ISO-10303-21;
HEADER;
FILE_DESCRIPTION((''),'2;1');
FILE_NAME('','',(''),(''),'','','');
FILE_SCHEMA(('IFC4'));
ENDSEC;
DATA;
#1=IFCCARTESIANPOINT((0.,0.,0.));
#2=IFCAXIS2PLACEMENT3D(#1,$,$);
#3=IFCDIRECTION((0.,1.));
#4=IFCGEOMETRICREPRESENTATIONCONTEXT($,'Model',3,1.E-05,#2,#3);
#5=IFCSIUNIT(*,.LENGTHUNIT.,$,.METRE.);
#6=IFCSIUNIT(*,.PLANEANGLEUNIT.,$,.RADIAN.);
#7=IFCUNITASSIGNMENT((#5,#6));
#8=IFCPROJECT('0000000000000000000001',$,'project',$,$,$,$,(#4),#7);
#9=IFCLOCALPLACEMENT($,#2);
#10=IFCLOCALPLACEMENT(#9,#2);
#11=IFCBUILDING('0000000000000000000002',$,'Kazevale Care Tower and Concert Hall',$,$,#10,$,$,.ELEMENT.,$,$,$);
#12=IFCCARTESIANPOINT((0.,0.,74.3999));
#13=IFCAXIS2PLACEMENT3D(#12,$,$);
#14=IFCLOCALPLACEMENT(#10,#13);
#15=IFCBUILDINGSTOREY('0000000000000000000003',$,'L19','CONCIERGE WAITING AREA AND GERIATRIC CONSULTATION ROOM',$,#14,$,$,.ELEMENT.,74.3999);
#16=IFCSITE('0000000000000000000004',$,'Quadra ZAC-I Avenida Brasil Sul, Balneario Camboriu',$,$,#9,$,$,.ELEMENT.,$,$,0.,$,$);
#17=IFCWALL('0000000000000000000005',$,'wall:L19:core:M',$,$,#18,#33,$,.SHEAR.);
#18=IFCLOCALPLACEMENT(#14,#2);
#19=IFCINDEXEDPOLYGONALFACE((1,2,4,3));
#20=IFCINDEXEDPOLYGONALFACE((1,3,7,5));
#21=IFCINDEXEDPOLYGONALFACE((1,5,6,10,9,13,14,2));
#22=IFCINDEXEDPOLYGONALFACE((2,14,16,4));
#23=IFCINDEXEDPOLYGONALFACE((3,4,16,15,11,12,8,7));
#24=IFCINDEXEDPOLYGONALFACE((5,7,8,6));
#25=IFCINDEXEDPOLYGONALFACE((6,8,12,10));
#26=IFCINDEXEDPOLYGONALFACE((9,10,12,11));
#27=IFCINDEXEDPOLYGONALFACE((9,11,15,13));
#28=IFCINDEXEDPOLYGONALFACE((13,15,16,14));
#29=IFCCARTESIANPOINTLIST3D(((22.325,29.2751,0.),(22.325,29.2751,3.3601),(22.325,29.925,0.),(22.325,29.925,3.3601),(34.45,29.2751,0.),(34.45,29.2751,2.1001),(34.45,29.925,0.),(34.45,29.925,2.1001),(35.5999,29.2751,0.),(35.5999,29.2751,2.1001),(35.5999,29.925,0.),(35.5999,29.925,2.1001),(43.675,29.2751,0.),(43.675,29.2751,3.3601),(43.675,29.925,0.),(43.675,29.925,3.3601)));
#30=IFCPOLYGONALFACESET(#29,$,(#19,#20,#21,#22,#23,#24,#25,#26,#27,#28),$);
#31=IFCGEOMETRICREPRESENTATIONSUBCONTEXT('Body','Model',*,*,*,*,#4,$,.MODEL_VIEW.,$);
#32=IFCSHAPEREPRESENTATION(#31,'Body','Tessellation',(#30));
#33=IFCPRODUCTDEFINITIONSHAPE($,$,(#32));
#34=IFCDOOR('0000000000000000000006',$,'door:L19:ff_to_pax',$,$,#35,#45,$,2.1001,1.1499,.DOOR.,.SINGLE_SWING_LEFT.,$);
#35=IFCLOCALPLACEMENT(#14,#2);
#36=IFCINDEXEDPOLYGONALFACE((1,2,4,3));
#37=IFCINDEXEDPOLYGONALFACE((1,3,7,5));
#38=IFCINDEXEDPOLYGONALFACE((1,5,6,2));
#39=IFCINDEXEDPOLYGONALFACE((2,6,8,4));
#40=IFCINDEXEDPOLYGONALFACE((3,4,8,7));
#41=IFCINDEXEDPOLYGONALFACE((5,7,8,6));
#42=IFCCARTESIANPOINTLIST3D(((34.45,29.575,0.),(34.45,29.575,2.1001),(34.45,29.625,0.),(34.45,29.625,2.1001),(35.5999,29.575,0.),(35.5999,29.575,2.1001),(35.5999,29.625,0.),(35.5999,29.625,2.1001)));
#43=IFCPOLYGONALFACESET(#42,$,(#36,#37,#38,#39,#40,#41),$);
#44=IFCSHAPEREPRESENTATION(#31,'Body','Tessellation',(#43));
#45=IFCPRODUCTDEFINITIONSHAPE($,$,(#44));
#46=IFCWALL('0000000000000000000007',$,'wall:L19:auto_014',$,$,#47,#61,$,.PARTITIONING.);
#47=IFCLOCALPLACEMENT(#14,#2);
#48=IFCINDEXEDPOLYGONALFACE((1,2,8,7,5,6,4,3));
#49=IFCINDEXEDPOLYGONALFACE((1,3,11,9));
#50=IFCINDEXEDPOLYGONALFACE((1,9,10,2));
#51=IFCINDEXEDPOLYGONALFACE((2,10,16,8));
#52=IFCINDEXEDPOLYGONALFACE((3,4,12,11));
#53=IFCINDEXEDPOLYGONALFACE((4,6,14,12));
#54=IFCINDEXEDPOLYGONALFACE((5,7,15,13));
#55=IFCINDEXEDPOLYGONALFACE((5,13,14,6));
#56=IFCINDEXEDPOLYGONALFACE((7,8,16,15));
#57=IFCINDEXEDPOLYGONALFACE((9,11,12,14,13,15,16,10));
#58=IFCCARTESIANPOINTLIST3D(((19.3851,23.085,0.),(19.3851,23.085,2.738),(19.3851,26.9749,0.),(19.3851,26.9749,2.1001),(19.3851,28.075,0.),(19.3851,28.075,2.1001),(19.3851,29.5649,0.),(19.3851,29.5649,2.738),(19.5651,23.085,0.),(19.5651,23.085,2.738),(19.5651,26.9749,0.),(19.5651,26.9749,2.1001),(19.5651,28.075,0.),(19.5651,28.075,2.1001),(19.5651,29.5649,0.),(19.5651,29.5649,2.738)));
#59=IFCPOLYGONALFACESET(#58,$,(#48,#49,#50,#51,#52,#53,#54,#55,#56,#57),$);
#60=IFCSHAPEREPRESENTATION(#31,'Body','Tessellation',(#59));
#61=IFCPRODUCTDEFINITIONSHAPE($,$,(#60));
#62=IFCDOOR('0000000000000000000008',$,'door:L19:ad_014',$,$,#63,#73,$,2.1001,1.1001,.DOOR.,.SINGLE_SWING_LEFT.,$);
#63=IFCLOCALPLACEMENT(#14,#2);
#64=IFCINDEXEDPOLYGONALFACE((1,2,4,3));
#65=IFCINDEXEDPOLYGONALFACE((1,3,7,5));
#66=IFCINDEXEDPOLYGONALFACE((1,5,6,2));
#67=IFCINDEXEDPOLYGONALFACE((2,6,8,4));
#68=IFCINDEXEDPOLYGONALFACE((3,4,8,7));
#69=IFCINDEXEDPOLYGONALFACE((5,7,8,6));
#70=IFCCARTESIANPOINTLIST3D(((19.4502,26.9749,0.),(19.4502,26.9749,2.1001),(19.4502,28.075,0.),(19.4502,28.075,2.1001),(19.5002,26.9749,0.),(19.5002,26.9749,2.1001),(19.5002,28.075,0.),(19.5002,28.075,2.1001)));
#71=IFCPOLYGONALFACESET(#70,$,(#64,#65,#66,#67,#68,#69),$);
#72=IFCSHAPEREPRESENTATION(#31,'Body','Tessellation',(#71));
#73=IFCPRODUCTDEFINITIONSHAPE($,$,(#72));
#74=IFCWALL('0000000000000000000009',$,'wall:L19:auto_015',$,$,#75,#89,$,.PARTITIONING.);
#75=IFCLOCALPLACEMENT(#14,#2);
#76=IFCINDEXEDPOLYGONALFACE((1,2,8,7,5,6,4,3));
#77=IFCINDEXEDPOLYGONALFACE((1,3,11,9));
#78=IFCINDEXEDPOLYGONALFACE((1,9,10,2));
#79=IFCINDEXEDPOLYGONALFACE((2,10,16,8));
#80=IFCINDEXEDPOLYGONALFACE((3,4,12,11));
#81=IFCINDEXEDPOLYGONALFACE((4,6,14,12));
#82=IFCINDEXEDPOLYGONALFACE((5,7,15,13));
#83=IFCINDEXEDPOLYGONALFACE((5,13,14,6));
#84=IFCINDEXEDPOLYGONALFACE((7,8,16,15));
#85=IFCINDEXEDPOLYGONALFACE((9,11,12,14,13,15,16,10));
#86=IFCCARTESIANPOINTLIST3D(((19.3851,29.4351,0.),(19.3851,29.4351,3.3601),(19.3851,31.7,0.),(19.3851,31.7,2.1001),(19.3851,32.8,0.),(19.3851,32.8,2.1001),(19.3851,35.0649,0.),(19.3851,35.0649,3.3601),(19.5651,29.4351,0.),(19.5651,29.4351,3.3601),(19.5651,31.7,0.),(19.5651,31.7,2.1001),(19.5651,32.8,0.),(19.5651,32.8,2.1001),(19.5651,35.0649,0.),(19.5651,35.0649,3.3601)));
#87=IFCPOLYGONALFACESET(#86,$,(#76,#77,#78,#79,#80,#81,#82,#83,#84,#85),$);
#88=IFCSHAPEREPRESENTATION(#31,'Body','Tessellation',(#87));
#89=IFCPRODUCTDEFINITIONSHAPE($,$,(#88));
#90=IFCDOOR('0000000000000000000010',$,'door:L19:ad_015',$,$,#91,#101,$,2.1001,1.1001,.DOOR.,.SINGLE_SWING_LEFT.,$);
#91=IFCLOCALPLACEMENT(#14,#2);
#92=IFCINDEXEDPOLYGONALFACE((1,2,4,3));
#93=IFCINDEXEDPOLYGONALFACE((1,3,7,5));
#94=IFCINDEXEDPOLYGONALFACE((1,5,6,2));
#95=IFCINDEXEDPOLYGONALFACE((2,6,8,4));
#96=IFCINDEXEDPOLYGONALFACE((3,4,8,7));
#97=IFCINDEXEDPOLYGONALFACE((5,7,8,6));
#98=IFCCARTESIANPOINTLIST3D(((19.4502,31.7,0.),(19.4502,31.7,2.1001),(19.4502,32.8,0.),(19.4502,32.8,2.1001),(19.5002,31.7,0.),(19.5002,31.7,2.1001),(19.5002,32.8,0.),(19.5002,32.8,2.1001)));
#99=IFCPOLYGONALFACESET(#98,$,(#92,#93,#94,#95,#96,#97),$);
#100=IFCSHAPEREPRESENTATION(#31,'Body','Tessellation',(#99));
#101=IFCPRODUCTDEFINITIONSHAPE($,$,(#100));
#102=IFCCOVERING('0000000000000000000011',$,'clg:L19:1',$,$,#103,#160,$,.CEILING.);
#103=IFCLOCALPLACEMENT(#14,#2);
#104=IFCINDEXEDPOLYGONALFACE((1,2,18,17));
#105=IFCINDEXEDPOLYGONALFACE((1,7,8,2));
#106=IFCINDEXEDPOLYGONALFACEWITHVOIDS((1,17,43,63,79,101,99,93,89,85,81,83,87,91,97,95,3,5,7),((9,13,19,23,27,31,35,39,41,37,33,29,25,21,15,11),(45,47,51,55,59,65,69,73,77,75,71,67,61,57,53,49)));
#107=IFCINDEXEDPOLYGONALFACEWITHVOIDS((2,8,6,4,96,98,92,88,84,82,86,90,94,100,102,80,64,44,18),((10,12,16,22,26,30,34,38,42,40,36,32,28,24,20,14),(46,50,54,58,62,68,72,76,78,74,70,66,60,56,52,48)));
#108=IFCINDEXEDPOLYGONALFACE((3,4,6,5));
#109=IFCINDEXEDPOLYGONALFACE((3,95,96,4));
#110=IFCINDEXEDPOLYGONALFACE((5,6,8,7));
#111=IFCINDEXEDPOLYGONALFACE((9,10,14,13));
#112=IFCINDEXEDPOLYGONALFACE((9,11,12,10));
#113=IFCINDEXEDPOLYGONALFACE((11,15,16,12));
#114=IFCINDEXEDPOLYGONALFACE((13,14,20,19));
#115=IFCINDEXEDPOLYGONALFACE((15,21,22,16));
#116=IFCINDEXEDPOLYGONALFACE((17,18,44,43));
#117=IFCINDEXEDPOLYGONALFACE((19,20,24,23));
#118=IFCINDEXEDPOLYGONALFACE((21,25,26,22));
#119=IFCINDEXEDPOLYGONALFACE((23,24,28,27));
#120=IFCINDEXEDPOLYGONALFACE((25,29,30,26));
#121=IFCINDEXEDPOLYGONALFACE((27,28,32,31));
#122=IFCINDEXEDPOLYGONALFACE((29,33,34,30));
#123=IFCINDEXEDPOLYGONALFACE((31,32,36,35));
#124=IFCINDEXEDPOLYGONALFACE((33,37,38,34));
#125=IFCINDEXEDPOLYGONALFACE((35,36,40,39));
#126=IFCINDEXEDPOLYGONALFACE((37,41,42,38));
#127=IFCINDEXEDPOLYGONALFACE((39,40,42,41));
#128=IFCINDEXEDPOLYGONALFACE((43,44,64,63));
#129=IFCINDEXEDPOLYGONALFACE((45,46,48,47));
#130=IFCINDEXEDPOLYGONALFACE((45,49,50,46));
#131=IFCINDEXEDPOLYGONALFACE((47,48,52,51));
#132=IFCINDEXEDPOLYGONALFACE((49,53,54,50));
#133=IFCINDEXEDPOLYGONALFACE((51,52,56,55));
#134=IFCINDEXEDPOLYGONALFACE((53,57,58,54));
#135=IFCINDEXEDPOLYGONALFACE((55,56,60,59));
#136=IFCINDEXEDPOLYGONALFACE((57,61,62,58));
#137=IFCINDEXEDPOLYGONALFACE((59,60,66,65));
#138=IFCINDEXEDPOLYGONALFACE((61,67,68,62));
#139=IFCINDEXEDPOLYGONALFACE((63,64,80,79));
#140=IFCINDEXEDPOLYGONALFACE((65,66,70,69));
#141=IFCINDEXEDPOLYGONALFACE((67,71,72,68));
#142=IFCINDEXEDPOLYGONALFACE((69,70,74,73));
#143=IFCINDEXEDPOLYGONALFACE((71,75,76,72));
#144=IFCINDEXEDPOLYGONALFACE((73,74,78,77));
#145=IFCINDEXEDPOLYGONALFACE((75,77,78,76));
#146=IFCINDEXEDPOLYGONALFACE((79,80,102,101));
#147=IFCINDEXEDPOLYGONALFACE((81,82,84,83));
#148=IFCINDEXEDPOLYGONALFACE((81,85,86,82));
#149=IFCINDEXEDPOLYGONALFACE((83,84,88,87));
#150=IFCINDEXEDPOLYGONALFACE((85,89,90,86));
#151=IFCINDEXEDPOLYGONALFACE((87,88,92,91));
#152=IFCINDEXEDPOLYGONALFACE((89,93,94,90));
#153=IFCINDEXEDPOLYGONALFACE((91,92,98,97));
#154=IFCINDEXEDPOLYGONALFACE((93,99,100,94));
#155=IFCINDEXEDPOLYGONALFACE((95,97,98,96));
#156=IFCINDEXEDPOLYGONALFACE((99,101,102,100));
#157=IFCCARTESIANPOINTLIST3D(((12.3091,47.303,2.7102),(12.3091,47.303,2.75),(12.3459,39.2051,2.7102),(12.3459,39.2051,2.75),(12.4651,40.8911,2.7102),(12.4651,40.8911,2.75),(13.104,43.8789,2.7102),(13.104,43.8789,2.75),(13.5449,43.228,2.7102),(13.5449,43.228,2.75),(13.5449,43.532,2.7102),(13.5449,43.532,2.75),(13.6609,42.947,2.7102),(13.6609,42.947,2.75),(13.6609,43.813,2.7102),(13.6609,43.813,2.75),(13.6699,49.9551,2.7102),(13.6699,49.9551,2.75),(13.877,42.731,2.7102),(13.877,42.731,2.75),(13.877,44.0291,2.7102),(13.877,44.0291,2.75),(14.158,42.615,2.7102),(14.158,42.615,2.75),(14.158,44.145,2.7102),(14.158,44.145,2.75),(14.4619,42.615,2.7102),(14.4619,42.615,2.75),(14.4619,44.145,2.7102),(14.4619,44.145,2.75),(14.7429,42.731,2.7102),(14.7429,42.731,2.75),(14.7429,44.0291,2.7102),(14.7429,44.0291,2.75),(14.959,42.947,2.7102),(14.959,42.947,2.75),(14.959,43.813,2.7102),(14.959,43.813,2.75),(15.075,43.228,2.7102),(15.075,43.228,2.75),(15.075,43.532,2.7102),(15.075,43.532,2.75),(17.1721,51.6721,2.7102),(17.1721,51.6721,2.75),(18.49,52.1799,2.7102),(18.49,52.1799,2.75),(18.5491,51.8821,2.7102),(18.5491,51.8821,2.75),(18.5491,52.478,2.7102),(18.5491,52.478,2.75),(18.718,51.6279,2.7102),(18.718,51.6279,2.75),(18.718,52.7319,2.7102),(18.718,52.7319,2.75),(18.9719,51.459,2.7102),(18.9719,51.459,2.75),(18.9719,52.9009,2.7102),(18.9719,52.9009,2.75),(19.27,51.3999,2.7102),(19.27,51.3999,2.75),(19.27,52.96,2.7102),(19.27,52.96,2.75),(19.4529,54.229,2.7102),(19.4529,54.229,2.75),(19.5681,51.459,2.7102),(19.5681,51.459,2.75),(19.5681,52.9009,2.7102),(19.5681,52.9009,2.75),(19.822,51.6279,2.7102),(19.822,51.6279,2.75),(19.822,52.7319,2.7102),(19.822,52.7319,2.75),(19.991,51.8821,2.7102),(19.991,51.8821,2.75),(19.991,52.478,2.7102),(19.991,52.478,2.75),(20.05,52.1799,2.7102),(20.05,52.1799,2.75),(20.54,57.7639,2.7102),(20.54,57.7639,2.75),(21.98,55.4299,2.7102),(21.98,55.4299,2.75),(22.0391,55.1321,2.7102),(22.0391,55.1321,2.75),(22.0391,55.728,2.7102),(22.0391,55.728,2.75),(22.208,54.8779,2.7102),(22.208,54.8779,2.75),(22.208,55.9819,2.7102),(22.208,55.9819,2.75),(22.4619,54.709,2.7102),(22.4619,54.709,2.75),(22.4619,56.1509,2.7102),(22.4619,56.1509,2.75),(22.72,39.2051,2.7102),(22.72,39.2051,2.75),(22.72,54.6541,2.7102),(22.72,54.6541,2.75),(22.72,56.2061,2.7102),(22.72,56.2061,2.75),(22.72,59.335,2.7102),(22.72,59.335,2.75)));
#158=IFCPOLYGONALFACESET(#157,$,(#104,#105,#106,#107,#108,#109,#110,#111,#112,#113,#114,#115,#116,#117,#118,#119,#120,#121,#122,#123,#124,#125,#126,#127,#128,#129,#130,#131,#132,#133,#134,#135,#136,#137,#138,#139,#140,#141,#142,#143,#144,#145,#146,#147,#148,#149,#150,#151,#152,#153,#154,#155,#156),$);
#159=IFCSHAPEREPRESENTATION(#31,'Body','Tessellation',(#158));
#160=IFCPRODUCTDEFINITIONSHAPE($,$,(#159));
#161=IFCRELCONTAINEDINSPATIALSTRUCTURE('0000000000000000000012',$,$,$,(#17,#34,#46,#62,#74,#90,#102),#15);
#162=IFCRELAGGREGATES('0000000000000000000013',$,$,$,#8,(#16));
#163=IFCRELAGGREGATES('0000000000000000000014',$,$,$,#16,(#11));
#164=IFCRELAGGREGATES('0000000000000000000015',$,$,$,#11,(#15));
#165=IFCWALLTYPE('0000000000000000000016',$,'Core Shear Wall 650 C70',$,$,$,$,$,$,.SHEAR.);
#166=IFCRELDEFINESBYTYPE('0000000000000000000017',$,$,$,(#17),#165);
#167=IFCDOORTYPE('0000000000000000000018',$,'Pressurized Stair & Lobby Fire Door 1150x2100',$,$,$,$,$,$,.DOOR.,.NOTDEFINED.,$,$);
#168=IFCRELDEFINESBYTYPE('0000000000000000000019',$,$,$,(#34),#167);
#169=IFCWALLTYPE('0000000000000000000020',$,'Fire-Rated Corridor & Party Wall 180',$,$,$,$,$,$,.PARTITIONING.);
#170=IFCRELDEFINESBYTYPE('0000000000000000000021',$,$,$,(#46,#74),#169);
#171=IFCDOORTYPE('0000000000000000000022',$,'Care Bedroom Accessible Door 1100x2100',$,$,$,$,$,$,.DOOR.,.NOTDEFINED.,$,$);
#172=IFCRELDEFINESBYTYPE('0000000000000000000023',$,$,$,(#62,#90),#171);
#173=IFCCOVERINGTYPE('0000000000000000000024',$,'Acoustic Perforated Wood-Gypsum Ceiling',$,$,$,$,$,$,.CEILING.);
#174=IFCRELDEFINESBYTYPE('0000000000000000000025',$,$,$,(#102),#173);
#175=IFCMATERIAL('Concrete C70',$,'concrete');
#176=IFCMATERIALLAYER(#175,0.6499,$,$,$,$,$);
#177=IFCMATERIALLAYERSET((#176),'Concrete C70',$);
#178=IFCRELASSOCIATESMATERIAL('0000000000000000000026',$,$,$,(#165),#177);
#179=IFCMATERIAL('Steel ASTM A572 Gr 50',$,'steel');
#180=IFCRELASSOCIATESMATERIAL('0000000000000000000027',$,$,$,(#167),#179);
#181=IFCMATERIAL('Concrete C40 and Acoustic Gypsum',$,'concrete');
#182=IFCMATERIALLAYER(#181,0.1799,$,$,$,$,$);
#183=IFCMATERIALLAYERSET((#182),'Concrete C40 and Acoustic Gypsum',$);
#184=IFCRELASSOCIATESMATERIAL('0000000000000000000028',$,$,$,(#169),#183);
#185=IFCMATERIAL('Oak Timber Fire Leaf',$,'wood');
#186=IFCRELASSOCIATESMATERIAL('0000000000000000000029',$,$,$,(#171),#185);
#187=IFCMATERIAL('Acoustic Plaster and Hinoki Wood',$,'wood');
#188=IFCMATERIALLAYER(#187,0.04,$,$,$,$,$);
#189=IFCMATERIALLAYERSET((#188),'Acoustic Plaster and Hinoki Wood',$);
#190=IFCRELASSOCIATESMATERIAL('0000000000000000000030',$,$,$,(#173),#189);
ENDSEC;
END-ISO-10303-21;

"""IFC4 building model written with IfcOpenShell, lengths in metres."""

from ifc_helpers import new_model, si_unit, direction, frame, frame_2d, origin, place, context, subcontext, project, spatial, polyline, rectangle, outline, extrude, material, layer, layer_set, type_object, element, fill, save


model = new_model("IFC4")

# Units and contexts
model_context = context("Model", 3, precision=1e-05, world=origin(), true_north=direction((0.0, 1.0)))
body_context = subcontext(model_context, "Body", "Model", "MODEL_VIEW")
ifc_project = project(units=[si_unit("LENGTHUNIT", "METRE"), si_unit("PLANEANGLEUNIT", "RADIAN")], contexts=[model_context])

# Site, building, storey
site_placement = place(None, origin())
site = spatial("IfcSite", under=ifc_project, at=site_placement, Name="Quadra ZAC-I Avenida Brasil Sul, Balneario Camboriu", CompositionType="ELEMENT", RefElevation=0.0)
building_placement = place(site_placement, origin())
building = spatial("IfcBuilding", under=site, at=building_placement, Name="Kazevale Care Tower and Concert Hall", CompositionType="ELEMENT")
storey_placement = place(building_placement, frame((0.0, 0.0, 74.3999)))
storey = spatial("IfcBuildingStorey", under=building, at=storey_placement, Name="L19", Description="CONCIERGE WAITING AREA AND GERIATRIC CONSULTATION ROOM", CompositionType="ELEMENT", Elevation=74.3999)

# Shared definitions
ifc_material_1 = material(Name="Concrete C70", Category="concrete")

# Shared definitions
ifc_material_2 = material(Name="Steel ASTM A572 Gr 50", Category="steel")

# Shared definitions
ifc_layer_1 = layer(ifc_material_1, 0.6499)
ifc_layer_set_1 = layer_set([ifc_layer_1], Name="Concrete C70")
wall_type_1 = type_object("IfcWallType", Name="Core Shear Wall 650 C70", PredefinedType="SHEAR", material=ifc_layer_set_1)

# Walls, openings, doors
wall_1_placement = place(storey_placement, frame((22.325, 29.6001, 0.0), z_axis=(0.0, 0.0, 1.0), x_axis=(1.0, 0.0, 0.0)))
wall_1 = element("IfcWall", 1, at=wall_1_placement, inside=storey, type_object=wall_type_1, Name="wall:L19:core:M", PredefinedType="SHEAR", context=body_context, shape_type="SweptSolid", body=[
    extrude(rectangle(XDim=21.3501, YDim=0.6499, at=frame_2d((10.675, 0.0))), origin(), (0.0, 0.0, 1.0), 3.3601),
])
opening_1_placement = place(wall_1_placement, frame((12.125, 0.0, 0.0)))
opening_1 = element("IfcOpeningElement", 2, at=opening_1_placement, cuts=wall_1, PredefinedType="OPENING", context=body_context, shape_type="SweptSolid", body=[
    extrude(rectangle(XDim=1.1499, YDim=2.1001, at=frame_2d((0.575, 1.05))), frame((0.0, 0.335, 0.0), z_axis=(0.0, -1.0, 0.0), x_axis=(1.0, 0.0, 0.0)), (0.0, 0.0, 1.0), 0.6699),
])
door_type_1 = type_object("IfcDoorType", Name="Pressurized Stair & Lobby Fire Door 1150x2100", OperationType="NOTDEFINED", PredefinedType="DOOR", material=ifc_material_2)
door_1_placement = place(opening_1_placement, origin())
door_1 = element("IfcDoor", 3, at=door_1_placement, inside=storey, type_object=door_type_1, Name="door:L19:ff_to_pax", OperationType="SINGLE_SWING_LEFT", OverallHeight=2.1001, OverallWidth=1.1499, PredefinedType="DOOR", context=body_context, shape_type="SweptSolid", body=[
    extrude(rectangle(XDim=1.1499, YDim=2.1001, at=frame_2d((0.575, 1.05))), frame((0.0, 0.0249, 0.0), z_axis=(0.0, -1.0, 0.0), x_axis=(1.0, 0.0, 0.0)), (0.0, 0.0, 1.0), 0.05),
])
fill(opening_1, door_1)
ifc_material_3 = material(Name="Concrete C40 and Acoustic Gypsum", Category="concrete")
ifc_layer_2 = layer(ifc_material_3, 0.1799)
ifc_layer_set_2 = layer_set([ifc_layer_2], Name="Concrete C40 and Acoustic Gypsum")
wall_type_2 = type_object("IfcWallType", Name="Fire-Rated Corridor & Party Wall 180", PredefinedType="PARTITIONING", material=ifc_layer_set_2)
wall_2_placement = place(storey_placement, frame((19.4751, 23.085, 0.0), z_axis=(0.0, 0.0, 1.0), x_axis=(0.0, 1.0, 0.0)))
wall_2 = element("IfcWall", 4, at=wall_2_placement, inside=storey, type_object=wall_type_2, Name="wall:L19:auto_014", PredefinedType="PARTITIONING", context=body_context, shape_type="SweptSolid", body=[
    extrude(rectangle(XDim=6.48, YDim=0.1799, at=frame_2d((3.24, 0.0))), origin(), (0.0, 0.0, 1.0), 2.738),
])
opening_2_placement = place(wall_2_placement, frame((3.8899, 0.0, 0.0)))
opening_2 = element("IfcOpeningElement", 5, at=opening_2_placement, cuts=wall_2, PredefinedType="OPENING", context=body_context, shape_type="SweptSolid", body=[
    extrude(rectangle(XDim=1.1001, YDim=2.1001, at=frame_2d((0.55, 1.05))), frame((0.0, 0.0999, 0.0), z_axis=(0.0, -1.0, 0.0), x_axis=(1.0, 0.0, 0.0)), (0.0, 0.0, 1.0), 0.2),
])
ifc_material_4 = material(Name="Oak Timber Fire Leaf", Category="wood")
door_type_2 = type_object("IfcDoorType", Name="Care Bedroom Accessible Door 1100x2100", OperationType="NOTDEFINED", PredefinedType="DOOR", material=ifc_material_4)
door_2_placement = place(opening_2_placement, origin())
door_2 = element("IfcDoor", 6, at=door_2_placement, inside=storey, type_object=door_type_2, Name="door:L19:ad_014", OperationType="SINGLE_SWING_LEFT", OverallHeight=2.1001, OverallWidth=1.1001, PredefinedType="DOOR", context=body_context, shape_type="SweptSolid", body=[
    extrude(rectangle(XDim=1.1001, YDim=2.1001, at=frame_2d((0.55, 1.05))), frame((0.0, 0.0249, 0.0), z_axis=(0.0, -1.0, 0.0), x_axis=(1.0, 0.0, 0.0)), (0.0, 0.0, 1.0), 0.05),
])
fill(opening_2, door_2)
wall_3_placement = place(storey_placement, frame((19.4751, 29.4351, 0.0), z_axis=(0.0, 0.0, 1.0), x_axis=(0.0, 1.0, 0.0)))
wall_3 = element("IfcWall", 7, at=wall_3_placement, inside=storey, type_object=wall_type_2, Name="wall:L19:auto_015", PredefinedType="PARTITIONING", context=body_context, shape_type="SweptSolid", body=[
    extrude(rectangle(XDim=5.6299, YDim=0.1799, at=frame_2d((2.8149, 0.0))), origin(), (0.0, 0.0, 1.0), 3.3601),
])
opening_3_placement = place(wall_3_placement, frame((2.2649, 0.0, 0.0)))
opening_3 = element("IfcOpeningElement", 8, at=opening_3_placement, cuts=wall_3, PredefinedType="OPENING", context=body_context, shape_type="SweptSolid", body=[
    extrude(rectangle(XDim=1.1001, YDim=2.1001, at=frame_2d((0.55, 1.05))), frame((0.0, 0.0999, 0.0), z_axis=(0.0, -1.0, 0.0), x_axis=(1.0, 0.0, 0.0)), (0.0, 0.0, 1.0), 0.2),
])
door_3_placement = place(opening_3_placement, origin())
door_3 = element("IfcDoor", 9, at=door_3_placement, inside=storey, type_object=door_type_2, Name="door:L19:ad_015", OperationType="SINGLE_SWING_LEFT", OverallHeight=2.1001, OverallWidth=1.1001, PredefinedType="DOOR", context=body_context, shape_type="SweptSolid", body=[
    extrude(rectangle(XDim=1.1001, YDim=2.1001, at=frame_2d((0.55, 1.05))), frame((0.0, 0.0249, 0.0), z_axis=(0.0, -1.0, 0.0), x_axis=(1.0, 0.0, 0.0)), (0.0, 0.0, 1.0), 0.05),
])
fill(opening_3, door_3)

# Covering
ifc_material_5 = material(Name="Acoustic Plaster and Hinoki Wood", Category="wood")
ifc_layer_3 = layer(ifc_material_5, 0.04)
ifc_layer_set_3 = layer_set([ifc_layer_3], Name="Acoustic Plaster and Hinoki Wood")
covering_type = type_object("IfcCoveringType", Name="Acoustic Perforated Wood-Gypsum Ceiling", PredefinedType="CEILING", material=ifc_layer_set_3)
covering_1_placement = place(storey_placement, frame((0.0, 0.0, 2.7102)))
element("IfcCovering", 10, at=covering_1_placement, inside=storey, type_object=covering_type, Name="clg:L19:1", PredefinedType="CEILING", context=body_context, shape_type="SweptSolid", body=[
    extrude(outline(polyline([(12.3091, 47.303), (13.6699, 49.9551), (17.1721, 51.6721), (19.4529, 54.229), (20.54, 57.7639), (22.72, 59.335), (22.72, 56.2061), (22.4619, 56.1509), (22.208, 55.9819), (22.0391, 55.728), (21.98, 55.4299), (22.0391, 55.1321), (22.208, 54.8779), (22.4619, 54.709), (22.72, 54.6541), (22.72, 39.2051), (12.3459, 39.2051), (12.4651, 40.8911), (13.104, 43.8789), (12.3091, 47.303)]), holes=[polyline([(19.991, 52.478), (19.822, 52.7319), (19.5681, 52.9009), (19.27, 52.96), (18.9719, 52.9009), (18.718, 52.7319), (18.5491, 52.478), (18.49, 52.1799), (18.5491, 51.8821), (18.718, 51.6279), (18.9719, 51.459), (19.27, 51.3999), (19.5681, 51.459), (19.822, 51.6279), (19.991, 51.8821), (20.05, 52.1799), (19.991, 52.478)]), polyline([(15.075, 43.532), (14.959, 43.813), (14.7429, 44.0291), (14.4619, 44.145), (14.158, 44.145), (13.877, 44.0291), (13.6609, 43.813), (13.5449, 43.532), (13.5449, 43.228), (13.6609, 42.947), (13.877, 42.731), (14.158, 42.615), (14.4619, 42.615), (14.7429, 42.731), (14.959, 42.947), (15.075, 43.228), (15.075, 43.532)])]), origin(), (0.0, 0.0, 1.0), 0.0398),
])

save(model, "model.ifc")
